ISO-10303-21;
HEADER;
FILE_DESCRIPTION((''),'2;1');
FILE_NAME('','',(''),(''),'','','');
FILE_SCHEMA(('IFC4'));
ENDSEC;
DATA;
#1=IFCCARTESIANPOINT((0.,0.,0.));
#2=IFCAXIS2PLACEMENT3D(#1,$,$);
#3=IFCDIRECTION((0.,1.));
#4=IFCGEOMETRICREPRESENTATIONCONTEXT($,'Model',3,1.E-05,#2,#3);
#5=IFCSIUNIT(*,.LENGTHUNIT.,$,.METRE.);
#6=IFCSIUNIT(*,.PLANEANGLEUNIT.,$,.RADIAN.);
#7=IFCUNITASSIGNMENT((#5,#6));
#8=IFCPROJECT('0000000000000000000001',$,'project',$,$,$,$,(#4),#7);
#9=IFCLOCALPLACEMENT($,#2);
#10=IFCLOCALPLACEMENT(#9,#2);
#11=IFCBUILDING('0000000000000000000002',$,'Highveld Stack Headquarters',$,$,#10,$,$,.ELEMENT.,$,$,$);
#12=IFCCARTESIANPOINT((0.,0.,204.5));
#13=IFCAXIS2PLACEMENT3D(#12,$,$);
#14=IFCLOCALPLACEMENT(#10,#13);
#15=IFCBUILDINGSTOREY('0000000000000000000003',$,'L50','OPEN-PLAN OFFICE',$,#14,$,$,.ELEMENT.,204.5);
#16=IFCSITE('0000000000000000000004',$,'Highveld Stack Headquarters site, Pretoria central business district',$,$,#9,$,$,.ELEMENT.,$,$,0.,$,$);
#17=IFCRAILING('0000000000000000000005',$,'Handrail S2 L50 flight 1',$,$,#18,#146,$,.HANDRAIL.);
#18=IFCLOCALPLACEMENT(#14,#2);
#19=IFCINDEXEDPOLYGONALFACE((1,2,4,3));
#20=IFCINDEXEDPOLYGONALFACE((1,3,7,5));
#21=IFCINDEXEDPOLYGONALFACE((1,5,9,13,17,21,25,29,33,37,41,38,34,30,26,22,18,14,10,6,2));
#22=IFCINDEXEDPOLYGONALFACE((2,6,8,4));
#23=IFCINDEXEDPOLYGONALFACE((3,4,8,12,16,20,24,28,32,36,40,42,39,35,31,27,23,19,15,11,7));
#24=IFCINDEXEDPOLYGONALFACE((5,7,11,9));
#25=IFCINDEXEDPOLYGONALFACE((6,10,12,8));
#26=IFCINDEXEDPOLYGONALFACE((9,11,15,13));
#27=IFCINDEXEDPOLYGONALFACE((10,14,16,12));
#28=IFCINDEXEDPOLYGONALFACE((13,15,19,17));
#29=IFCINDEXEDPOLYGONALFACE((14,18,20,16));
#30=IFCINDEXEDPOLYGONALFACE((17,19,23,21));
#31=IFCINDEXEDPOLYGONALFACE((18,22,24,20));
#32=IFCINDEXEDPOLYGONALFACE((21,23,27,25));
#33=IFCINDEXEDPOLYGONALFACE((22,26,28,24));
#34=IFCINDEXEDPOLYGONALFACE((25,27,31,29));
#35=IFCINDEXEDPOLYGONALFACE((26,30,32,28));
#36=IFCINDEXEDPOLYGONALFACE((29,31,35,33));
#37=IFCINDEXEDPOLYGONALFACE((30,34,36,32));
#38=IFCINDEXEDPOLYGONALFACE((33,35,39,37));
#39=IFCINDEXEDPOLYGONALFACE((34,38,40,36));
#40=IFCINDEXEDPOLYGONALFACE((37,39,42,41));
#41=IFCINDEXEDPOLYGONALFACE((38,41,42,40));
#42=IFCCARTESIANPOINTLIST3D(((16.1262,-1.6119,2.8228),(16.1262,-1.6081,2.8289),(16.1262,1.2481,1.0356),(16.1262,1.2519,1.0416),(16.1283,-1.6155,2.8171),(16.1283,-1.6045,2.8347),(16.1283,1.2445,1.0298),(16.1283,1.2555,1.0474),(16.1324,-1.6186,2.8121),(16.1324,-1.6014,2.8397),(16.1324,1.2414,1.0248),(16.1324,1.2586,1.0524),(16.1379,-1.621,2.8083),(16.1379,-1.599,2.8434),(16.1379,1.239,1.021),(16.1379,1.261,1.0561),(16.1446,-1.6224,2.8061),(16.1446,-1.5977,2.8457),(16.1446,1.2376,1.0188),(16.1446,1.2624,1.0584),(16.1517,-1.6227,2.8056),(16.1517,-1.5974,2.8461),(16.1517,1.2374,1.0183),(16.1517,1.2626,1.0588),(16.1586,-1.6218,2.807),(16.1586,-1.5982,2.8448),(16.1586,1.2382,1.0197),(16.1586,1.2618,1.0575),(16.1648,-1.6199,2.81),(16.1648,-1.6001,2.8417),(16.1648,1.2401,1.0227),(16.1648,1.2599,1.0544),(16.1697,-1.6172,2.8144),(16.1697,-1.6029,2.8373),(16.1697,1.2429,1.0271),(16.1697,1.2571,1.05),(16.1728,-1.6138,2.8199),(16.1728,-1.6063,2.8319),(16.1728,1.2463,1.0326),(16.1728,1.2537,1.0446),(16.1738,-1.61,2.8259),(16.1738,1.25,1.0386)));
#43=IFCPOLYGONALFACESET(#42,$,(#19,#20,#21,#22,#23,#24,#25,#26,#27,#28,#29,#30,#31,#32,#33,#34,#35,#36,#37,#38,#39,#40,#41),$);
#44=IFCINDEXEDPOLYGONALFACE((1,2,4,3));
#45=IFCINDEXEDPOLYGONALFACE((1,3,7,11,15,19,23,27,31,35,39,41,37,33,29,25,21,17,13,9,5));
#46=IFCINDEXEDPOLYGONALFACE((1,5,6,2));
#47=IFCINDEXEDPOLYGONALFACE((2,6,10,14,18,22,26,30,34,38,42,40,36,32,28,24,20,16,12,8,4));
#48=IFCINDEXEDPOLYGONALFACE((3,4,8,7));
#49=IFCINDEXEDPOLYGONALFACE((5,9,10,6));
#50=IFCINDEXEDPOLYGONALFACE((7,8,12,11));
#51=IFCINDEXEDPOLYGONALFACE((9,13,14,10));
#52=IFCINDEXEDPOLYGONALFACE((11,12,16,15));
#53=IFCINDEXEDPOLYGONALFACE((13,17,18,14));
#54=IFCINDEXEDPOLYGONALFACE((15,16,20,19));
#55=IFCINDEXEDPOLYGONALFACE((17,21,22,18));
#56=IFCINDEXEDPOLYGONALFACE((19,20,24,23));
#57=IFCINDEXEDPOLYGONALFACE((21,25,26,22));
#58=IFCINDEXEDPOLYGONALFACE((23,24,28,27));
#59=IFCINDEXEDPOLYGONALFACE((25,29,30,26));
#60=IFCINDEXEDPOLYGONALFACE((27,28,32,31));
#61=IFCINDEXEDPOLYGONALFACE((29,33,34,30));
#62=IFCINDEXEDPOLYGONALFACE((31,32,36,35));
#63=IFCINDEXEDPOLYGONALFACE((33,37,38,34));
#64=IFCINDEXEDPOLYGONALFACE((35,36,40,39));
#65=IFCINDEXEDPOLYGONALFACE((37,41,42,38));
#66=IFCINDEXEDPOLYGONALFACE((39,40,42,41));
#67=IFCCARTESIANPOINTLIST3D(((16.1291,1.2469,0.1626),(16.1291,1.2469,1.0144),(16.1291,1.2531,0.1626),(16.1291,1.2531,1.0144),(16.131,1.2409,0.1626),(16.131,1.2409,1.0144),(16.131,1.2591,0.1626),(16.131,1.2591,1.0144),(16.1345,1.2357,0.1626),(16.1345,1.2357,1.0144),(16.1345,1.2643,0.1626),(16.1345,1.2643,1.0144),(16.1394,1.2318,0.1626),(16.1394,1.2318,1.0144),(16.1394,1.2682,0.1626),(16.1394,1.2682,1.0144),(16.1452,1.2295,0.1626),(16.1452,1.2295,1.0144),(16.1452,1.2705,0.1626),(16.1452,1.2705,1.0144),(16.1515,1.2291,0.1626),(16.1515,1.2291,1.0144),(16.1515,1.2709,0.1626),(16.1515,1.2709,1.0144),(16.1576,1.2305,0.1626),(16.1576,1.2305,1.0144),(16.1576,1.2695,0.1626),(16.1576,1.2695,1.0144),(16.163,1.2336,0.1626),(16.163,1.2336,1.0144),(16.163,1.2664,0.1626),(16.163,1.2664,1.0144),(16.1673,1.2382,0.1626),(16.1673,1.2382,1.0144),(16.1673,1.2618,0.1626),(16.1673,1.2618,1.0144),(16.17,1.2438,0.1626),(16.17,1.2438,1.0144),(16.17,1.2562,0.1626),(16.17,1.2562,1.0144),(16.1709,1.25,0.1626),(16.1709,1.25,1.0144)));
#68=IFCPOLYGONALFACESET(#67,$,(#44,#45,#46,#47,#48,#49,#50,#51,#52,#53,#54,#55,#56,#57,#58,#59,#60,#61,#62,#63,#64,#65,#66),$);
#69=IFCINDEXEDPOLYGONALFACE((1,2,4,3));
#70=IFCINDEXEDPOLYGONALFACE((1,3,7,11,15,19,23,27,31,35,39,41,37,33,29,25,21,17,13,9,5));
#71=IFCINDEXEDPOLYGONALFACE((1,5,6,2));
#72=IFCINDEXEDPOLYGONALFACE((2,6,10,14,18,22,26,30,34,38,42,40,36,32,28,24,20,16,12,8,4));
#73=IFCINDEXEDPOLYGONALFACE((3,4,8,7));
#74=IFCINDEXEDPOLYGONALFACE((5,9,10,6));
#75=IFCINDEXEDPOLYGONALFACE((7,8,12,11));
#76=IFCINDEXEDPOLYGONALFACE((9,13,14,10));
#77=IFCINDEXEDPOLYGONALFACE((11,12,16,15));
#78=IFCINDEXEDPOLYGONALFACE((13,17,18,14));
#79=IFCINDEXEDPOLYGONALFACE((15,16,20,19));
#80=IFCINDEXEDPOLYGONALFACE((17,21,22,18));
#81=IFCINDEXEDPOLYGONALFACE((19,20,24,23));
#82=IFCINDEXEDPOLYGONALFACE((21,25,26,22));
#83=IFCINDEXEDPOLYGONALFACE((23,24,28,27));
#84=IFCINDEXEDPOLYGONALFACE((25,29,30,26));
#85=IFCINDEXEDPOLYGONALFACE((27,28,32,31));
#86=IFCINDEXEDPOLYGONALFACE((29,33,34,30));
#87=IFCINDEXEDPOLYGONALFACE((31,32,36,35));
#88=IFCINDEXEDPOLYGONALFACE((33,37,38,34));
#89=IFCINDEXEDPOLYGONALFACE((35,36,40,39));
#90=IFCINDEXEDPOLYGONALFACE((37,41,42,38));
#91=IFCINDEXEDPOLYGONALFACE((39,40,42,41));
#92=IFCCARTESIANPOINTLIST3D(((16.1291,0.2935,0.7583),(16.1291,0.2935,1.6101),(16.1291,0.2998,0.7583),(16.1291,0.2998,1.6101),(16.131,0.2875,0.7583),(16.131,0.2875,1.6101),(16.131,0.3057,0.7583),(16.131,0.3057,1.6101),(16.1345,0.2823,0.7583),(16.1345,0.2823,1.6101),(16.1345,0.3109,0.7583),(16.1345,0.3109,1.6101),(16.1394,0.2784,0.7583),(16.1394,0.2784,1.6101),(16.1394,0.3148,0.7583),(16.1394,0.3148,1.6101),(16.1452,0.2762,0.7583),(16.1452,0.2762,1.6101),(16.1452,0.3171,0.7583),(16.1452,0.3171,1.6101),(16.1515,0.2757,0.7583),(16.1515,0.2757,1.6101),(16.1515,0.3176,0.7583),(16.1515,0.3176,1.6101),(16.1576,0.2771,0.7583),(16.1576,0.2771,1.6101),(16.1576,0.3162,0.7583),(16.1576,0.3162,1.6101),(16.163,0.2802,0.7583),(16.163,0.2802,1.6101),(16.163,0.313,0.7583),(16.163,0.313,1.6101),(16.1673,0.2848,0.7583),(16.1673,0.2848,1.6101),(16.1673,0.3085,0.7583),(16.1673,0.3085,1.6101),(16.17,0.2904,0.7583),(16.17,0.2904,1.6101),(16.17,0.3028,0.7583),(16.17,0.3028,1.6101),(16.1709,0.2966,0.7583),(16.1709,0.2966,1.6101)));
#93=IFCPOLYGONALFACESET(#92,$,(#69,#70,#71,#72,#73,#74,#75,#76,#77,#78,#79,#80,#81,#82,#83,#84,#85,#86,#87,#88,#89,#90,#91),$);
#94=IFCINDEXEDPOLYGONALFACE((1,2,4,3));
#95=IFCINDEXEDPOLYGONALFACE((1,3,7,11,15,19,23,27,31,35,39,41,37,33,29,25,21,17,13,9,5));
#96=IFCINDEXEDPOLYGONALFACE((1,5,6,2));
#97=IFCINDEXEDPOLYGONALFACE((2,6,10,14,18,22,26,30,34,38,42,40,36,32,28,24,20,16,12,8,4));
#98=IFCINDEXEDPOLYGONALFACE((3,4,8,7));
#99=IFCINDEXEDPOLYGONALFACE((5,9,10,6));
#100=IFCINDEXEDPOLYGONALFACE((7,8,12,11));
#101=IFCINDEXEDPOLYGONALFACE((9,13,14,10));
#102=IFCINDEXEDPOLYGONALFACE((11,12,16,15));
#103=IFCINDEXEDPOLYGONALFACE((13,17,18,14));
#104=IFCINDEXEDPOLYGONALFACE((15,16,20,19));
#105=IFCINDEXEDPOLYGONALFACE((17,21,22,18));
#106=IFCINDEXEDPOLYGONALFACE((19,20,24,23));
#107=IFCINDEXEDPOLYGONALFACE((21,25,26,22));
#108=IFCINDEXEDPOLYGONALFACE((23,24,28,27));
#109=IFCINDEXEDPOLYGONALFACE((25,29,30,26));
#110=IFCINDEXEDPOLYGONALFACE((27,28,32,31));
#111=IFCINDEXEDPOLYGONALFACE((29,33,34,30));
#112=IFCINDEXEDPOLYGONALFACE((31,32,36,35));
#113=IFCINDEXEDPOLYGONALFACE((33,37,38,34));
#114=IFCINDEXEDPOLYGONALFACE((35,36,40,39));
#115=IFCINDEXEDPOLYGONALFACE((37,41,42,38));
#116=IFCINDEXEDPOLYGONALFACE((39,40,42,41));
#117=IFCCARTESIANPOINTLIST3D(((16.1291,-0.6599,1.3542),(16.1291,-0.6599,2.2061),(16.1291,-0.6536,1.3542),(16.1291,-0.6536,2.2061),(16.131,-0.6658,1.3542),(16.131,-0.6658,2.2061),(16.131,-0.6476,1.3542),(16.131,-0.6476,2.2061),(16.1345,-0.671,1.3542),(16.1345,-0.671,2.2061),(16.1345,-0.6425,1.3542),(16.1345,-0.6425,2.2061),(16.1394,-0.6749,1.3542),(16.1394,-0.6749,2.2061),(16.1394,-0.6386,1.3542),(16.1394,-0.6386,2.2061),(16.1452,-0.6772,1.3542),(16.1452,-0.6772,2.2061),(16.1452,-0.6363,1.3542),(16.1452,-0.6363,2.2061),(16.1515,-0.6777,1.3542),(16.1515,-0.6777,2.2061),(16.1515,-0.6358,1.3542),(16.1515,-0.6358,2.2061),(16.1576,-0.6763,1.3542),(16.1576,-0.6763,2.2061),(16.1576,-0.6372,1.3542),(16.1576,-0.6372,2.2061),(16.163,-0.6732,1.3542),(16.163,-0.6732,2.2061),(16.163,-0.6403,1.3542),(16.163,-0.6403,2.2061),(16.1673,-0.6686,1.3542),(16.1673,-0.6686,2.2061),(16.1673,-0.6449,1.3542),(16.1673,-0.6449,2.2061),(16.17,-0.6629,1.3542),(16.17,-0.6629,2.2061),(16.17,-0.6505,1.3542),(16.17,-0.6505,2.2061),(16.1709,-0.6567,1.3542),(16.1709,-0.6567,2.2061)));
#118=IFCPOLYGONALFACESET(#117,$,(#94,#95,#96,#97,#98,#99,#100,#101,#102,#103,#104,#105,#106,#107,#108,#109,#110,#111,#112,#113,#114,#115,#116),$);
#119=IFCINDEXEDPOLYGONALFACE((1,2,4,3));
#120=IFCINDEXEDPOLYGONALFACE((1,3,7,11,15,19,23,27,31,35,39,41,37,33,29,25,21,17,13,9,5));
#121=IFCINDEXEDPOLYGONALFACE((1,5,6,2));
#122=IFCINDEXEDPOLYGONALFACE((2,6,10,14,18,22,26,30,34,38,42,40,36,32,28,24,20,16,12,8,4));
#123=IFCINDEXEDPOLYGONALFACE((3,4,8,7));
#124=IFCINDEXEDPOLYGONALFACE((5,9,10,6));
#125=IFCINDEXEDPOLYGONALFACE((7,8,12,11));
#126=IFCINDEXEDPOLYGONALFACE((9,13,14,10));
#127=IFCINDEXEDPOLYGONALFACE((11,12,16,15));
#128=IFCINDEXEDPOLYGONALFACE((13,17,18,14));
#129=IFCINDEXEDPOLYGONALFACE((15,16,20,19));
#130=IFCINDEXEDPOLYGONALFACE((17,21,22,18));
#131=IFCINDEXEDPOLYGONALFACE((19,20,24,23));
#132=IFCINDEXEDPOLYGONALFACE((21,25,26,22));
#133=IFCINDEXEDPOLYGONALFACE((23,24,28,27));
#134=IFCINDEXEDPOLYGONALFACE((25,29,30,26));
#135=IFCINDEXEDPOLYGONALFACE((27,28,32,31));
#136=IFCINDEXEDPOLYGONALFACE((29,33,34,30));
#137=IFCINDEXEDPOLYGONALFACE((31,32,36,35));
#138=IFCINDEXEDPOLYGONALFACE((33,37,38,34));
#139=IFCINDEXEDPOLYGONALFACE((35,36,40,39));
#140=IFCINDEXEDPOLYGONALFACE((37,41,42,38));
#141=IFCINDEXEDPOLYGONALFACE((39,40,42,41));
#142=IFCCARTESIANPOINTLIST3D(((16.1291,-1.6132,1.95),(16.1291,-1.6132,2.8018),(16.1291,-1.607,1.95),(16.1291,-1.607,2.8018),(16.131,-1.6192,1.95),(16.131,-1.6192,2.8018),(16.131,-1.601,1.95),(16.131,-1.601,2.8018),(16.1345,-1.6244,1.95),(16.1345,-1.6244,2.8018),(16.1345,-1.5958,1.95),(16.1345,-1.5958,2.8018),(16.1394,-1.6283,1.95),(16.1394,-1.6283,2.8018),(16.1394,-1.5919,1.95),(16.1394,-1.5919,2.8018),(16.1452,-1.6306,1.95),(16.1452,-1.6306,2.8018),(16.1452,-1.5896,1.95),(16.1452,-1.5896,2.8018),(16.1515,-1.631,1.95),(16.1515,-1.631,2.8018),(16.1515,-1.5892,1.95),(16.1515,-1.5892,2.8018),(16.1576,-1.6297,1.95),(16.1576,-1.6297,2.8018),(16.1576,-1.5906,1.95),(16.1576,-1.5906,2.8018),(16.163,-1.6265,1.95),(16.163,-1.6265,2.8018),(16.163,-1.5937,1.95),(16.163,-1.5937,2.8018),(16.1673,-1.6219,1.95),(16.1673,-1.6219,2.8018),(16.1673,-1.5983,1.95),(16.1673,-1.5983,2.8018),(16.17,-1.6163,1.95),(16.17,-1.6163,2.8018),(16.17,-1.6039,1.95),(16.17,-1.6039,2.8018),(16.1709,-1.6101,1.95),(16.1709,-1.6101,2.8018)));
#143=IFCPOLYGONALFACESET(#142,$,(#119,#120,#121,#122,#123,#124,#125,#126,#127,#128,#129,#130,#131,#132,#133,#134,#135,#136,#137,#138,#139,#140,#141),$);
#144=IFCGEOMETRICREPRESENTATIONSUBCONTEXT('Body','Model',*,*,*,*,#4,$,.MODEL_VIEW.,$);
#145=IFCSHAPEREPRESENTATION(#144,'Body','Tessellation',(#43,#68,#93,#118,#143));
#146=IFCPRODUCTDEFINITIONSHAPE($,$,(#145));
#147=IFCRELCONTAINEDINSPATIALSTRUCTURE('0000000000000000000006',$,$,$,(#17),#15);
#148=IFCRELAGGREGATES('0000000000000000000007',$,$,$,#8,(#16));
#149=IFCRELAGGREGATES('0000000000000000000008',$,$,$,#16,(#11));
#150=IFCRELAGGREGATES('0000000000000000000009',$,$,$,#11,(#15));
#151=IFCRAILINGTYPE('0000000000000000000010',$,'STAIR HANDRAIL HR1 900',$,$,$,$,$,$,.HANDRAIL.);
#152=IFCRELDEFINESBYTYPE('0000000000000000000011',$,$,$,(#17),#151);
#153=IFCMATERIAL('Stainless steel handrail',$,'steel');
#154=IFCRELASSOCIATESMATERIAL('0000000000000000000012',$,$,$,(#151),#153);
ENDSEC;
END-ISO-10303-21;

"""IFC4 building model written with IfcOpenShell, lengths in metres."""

from ifc_helpers import new_model, si_unit, direction, frame, origin, origin_2d, place, context, subcontext, project, spatial, circle, extrude, material, type_object, element, save


model = new_model("IFC4")

# Units and contexts
model_context = context("Model", 3, precision=1e-05, world=origin(), true_north=direction((0.0, 1.0)))
body_context = subcontext(model_context, "Body", "Model", "MODEL_VIEW")
ifc_project = project(units=[si_unit("LENGTHUNIT", "METRE"), si_unit("PLANEANGLEUNIT", "RADIAN")], contexts=[model_context])

# Site, building, storey
site_placement = place(None, origin())
site = spatial("IfcSite", under=ifc_project, at=site_placement, Name="Highveld Stack Headquarters site, Pretoria central business district", CompositionType="ELEMENT", RefElevation=0.0)
building_placement = place(site_placement, origin())
building = spatial("IfcBuilding", under=site, at=building_placement, Name="Highveld Stack Headquarters", CompositionType="ELEMENT")
storey_placement = place(building_placement, frame((0.0, 0.0, 204.5)))
storey = spatial("IfcBuildingStorey", under=building, at=storey_placement, Name="L50", Description="OPEN-PLAN OFFICE", CompositionType="ELEMENT", Elevation=204.5)

# Railing
ifc_material_1 = material(Name="Stainless steel handrail", Category="steel")
railing_type = type_object("IfcRailingType", Name="STAIR HANDRAIL HR1 900", PredefinedType="HANDRAIL", material=ifc_material_1)
for number, where, name in (
    (1, (16.1499, 1.25, 0.1626), "Handrail S2 L50 flight 1"),
):
    element("IfcRailing", number, at=place(storey_placement, frame(where)), inside=storey, type_object=railing_type, Name=name, PredefinedType="HANDRAIL", context=body_context, shape_type="SweptSolid", body=[
        extrude(circle(Radius=0.0239, at=origin_2d()), frame((0.0, 0.0, 0.876), z_axis=(0.0, -0.848027, 0.529953), x_axis=(1.0, 0.0, 0.0)), (0.0, 0.0, 1.0), 3.3726),
        extrude(circle(Radius=0.021, at=origin_2d()), origin(), (0.0, 0.0, 1.0), 0.8518),
        extrude(circle(Radius=0.021, at=origin_2d()), frame((0.0, -0.9534, 0.5957)), (0.0, 0.0, 1.0), 0.8518),
        extrude(circle(Radius=0.021, at=origin_2d()), frame((0.0, -1.9067, 1.1917)), (0.0, 0.0, 1.0), 0.8518),
        extrude(circle(Radius=0.021, at=origin_2d()), frame((0.0, -2.8601, 1.7874)), (0.0, 0.0, 1.0), 0.8518),
    ])

save(model, "model.ifc")
